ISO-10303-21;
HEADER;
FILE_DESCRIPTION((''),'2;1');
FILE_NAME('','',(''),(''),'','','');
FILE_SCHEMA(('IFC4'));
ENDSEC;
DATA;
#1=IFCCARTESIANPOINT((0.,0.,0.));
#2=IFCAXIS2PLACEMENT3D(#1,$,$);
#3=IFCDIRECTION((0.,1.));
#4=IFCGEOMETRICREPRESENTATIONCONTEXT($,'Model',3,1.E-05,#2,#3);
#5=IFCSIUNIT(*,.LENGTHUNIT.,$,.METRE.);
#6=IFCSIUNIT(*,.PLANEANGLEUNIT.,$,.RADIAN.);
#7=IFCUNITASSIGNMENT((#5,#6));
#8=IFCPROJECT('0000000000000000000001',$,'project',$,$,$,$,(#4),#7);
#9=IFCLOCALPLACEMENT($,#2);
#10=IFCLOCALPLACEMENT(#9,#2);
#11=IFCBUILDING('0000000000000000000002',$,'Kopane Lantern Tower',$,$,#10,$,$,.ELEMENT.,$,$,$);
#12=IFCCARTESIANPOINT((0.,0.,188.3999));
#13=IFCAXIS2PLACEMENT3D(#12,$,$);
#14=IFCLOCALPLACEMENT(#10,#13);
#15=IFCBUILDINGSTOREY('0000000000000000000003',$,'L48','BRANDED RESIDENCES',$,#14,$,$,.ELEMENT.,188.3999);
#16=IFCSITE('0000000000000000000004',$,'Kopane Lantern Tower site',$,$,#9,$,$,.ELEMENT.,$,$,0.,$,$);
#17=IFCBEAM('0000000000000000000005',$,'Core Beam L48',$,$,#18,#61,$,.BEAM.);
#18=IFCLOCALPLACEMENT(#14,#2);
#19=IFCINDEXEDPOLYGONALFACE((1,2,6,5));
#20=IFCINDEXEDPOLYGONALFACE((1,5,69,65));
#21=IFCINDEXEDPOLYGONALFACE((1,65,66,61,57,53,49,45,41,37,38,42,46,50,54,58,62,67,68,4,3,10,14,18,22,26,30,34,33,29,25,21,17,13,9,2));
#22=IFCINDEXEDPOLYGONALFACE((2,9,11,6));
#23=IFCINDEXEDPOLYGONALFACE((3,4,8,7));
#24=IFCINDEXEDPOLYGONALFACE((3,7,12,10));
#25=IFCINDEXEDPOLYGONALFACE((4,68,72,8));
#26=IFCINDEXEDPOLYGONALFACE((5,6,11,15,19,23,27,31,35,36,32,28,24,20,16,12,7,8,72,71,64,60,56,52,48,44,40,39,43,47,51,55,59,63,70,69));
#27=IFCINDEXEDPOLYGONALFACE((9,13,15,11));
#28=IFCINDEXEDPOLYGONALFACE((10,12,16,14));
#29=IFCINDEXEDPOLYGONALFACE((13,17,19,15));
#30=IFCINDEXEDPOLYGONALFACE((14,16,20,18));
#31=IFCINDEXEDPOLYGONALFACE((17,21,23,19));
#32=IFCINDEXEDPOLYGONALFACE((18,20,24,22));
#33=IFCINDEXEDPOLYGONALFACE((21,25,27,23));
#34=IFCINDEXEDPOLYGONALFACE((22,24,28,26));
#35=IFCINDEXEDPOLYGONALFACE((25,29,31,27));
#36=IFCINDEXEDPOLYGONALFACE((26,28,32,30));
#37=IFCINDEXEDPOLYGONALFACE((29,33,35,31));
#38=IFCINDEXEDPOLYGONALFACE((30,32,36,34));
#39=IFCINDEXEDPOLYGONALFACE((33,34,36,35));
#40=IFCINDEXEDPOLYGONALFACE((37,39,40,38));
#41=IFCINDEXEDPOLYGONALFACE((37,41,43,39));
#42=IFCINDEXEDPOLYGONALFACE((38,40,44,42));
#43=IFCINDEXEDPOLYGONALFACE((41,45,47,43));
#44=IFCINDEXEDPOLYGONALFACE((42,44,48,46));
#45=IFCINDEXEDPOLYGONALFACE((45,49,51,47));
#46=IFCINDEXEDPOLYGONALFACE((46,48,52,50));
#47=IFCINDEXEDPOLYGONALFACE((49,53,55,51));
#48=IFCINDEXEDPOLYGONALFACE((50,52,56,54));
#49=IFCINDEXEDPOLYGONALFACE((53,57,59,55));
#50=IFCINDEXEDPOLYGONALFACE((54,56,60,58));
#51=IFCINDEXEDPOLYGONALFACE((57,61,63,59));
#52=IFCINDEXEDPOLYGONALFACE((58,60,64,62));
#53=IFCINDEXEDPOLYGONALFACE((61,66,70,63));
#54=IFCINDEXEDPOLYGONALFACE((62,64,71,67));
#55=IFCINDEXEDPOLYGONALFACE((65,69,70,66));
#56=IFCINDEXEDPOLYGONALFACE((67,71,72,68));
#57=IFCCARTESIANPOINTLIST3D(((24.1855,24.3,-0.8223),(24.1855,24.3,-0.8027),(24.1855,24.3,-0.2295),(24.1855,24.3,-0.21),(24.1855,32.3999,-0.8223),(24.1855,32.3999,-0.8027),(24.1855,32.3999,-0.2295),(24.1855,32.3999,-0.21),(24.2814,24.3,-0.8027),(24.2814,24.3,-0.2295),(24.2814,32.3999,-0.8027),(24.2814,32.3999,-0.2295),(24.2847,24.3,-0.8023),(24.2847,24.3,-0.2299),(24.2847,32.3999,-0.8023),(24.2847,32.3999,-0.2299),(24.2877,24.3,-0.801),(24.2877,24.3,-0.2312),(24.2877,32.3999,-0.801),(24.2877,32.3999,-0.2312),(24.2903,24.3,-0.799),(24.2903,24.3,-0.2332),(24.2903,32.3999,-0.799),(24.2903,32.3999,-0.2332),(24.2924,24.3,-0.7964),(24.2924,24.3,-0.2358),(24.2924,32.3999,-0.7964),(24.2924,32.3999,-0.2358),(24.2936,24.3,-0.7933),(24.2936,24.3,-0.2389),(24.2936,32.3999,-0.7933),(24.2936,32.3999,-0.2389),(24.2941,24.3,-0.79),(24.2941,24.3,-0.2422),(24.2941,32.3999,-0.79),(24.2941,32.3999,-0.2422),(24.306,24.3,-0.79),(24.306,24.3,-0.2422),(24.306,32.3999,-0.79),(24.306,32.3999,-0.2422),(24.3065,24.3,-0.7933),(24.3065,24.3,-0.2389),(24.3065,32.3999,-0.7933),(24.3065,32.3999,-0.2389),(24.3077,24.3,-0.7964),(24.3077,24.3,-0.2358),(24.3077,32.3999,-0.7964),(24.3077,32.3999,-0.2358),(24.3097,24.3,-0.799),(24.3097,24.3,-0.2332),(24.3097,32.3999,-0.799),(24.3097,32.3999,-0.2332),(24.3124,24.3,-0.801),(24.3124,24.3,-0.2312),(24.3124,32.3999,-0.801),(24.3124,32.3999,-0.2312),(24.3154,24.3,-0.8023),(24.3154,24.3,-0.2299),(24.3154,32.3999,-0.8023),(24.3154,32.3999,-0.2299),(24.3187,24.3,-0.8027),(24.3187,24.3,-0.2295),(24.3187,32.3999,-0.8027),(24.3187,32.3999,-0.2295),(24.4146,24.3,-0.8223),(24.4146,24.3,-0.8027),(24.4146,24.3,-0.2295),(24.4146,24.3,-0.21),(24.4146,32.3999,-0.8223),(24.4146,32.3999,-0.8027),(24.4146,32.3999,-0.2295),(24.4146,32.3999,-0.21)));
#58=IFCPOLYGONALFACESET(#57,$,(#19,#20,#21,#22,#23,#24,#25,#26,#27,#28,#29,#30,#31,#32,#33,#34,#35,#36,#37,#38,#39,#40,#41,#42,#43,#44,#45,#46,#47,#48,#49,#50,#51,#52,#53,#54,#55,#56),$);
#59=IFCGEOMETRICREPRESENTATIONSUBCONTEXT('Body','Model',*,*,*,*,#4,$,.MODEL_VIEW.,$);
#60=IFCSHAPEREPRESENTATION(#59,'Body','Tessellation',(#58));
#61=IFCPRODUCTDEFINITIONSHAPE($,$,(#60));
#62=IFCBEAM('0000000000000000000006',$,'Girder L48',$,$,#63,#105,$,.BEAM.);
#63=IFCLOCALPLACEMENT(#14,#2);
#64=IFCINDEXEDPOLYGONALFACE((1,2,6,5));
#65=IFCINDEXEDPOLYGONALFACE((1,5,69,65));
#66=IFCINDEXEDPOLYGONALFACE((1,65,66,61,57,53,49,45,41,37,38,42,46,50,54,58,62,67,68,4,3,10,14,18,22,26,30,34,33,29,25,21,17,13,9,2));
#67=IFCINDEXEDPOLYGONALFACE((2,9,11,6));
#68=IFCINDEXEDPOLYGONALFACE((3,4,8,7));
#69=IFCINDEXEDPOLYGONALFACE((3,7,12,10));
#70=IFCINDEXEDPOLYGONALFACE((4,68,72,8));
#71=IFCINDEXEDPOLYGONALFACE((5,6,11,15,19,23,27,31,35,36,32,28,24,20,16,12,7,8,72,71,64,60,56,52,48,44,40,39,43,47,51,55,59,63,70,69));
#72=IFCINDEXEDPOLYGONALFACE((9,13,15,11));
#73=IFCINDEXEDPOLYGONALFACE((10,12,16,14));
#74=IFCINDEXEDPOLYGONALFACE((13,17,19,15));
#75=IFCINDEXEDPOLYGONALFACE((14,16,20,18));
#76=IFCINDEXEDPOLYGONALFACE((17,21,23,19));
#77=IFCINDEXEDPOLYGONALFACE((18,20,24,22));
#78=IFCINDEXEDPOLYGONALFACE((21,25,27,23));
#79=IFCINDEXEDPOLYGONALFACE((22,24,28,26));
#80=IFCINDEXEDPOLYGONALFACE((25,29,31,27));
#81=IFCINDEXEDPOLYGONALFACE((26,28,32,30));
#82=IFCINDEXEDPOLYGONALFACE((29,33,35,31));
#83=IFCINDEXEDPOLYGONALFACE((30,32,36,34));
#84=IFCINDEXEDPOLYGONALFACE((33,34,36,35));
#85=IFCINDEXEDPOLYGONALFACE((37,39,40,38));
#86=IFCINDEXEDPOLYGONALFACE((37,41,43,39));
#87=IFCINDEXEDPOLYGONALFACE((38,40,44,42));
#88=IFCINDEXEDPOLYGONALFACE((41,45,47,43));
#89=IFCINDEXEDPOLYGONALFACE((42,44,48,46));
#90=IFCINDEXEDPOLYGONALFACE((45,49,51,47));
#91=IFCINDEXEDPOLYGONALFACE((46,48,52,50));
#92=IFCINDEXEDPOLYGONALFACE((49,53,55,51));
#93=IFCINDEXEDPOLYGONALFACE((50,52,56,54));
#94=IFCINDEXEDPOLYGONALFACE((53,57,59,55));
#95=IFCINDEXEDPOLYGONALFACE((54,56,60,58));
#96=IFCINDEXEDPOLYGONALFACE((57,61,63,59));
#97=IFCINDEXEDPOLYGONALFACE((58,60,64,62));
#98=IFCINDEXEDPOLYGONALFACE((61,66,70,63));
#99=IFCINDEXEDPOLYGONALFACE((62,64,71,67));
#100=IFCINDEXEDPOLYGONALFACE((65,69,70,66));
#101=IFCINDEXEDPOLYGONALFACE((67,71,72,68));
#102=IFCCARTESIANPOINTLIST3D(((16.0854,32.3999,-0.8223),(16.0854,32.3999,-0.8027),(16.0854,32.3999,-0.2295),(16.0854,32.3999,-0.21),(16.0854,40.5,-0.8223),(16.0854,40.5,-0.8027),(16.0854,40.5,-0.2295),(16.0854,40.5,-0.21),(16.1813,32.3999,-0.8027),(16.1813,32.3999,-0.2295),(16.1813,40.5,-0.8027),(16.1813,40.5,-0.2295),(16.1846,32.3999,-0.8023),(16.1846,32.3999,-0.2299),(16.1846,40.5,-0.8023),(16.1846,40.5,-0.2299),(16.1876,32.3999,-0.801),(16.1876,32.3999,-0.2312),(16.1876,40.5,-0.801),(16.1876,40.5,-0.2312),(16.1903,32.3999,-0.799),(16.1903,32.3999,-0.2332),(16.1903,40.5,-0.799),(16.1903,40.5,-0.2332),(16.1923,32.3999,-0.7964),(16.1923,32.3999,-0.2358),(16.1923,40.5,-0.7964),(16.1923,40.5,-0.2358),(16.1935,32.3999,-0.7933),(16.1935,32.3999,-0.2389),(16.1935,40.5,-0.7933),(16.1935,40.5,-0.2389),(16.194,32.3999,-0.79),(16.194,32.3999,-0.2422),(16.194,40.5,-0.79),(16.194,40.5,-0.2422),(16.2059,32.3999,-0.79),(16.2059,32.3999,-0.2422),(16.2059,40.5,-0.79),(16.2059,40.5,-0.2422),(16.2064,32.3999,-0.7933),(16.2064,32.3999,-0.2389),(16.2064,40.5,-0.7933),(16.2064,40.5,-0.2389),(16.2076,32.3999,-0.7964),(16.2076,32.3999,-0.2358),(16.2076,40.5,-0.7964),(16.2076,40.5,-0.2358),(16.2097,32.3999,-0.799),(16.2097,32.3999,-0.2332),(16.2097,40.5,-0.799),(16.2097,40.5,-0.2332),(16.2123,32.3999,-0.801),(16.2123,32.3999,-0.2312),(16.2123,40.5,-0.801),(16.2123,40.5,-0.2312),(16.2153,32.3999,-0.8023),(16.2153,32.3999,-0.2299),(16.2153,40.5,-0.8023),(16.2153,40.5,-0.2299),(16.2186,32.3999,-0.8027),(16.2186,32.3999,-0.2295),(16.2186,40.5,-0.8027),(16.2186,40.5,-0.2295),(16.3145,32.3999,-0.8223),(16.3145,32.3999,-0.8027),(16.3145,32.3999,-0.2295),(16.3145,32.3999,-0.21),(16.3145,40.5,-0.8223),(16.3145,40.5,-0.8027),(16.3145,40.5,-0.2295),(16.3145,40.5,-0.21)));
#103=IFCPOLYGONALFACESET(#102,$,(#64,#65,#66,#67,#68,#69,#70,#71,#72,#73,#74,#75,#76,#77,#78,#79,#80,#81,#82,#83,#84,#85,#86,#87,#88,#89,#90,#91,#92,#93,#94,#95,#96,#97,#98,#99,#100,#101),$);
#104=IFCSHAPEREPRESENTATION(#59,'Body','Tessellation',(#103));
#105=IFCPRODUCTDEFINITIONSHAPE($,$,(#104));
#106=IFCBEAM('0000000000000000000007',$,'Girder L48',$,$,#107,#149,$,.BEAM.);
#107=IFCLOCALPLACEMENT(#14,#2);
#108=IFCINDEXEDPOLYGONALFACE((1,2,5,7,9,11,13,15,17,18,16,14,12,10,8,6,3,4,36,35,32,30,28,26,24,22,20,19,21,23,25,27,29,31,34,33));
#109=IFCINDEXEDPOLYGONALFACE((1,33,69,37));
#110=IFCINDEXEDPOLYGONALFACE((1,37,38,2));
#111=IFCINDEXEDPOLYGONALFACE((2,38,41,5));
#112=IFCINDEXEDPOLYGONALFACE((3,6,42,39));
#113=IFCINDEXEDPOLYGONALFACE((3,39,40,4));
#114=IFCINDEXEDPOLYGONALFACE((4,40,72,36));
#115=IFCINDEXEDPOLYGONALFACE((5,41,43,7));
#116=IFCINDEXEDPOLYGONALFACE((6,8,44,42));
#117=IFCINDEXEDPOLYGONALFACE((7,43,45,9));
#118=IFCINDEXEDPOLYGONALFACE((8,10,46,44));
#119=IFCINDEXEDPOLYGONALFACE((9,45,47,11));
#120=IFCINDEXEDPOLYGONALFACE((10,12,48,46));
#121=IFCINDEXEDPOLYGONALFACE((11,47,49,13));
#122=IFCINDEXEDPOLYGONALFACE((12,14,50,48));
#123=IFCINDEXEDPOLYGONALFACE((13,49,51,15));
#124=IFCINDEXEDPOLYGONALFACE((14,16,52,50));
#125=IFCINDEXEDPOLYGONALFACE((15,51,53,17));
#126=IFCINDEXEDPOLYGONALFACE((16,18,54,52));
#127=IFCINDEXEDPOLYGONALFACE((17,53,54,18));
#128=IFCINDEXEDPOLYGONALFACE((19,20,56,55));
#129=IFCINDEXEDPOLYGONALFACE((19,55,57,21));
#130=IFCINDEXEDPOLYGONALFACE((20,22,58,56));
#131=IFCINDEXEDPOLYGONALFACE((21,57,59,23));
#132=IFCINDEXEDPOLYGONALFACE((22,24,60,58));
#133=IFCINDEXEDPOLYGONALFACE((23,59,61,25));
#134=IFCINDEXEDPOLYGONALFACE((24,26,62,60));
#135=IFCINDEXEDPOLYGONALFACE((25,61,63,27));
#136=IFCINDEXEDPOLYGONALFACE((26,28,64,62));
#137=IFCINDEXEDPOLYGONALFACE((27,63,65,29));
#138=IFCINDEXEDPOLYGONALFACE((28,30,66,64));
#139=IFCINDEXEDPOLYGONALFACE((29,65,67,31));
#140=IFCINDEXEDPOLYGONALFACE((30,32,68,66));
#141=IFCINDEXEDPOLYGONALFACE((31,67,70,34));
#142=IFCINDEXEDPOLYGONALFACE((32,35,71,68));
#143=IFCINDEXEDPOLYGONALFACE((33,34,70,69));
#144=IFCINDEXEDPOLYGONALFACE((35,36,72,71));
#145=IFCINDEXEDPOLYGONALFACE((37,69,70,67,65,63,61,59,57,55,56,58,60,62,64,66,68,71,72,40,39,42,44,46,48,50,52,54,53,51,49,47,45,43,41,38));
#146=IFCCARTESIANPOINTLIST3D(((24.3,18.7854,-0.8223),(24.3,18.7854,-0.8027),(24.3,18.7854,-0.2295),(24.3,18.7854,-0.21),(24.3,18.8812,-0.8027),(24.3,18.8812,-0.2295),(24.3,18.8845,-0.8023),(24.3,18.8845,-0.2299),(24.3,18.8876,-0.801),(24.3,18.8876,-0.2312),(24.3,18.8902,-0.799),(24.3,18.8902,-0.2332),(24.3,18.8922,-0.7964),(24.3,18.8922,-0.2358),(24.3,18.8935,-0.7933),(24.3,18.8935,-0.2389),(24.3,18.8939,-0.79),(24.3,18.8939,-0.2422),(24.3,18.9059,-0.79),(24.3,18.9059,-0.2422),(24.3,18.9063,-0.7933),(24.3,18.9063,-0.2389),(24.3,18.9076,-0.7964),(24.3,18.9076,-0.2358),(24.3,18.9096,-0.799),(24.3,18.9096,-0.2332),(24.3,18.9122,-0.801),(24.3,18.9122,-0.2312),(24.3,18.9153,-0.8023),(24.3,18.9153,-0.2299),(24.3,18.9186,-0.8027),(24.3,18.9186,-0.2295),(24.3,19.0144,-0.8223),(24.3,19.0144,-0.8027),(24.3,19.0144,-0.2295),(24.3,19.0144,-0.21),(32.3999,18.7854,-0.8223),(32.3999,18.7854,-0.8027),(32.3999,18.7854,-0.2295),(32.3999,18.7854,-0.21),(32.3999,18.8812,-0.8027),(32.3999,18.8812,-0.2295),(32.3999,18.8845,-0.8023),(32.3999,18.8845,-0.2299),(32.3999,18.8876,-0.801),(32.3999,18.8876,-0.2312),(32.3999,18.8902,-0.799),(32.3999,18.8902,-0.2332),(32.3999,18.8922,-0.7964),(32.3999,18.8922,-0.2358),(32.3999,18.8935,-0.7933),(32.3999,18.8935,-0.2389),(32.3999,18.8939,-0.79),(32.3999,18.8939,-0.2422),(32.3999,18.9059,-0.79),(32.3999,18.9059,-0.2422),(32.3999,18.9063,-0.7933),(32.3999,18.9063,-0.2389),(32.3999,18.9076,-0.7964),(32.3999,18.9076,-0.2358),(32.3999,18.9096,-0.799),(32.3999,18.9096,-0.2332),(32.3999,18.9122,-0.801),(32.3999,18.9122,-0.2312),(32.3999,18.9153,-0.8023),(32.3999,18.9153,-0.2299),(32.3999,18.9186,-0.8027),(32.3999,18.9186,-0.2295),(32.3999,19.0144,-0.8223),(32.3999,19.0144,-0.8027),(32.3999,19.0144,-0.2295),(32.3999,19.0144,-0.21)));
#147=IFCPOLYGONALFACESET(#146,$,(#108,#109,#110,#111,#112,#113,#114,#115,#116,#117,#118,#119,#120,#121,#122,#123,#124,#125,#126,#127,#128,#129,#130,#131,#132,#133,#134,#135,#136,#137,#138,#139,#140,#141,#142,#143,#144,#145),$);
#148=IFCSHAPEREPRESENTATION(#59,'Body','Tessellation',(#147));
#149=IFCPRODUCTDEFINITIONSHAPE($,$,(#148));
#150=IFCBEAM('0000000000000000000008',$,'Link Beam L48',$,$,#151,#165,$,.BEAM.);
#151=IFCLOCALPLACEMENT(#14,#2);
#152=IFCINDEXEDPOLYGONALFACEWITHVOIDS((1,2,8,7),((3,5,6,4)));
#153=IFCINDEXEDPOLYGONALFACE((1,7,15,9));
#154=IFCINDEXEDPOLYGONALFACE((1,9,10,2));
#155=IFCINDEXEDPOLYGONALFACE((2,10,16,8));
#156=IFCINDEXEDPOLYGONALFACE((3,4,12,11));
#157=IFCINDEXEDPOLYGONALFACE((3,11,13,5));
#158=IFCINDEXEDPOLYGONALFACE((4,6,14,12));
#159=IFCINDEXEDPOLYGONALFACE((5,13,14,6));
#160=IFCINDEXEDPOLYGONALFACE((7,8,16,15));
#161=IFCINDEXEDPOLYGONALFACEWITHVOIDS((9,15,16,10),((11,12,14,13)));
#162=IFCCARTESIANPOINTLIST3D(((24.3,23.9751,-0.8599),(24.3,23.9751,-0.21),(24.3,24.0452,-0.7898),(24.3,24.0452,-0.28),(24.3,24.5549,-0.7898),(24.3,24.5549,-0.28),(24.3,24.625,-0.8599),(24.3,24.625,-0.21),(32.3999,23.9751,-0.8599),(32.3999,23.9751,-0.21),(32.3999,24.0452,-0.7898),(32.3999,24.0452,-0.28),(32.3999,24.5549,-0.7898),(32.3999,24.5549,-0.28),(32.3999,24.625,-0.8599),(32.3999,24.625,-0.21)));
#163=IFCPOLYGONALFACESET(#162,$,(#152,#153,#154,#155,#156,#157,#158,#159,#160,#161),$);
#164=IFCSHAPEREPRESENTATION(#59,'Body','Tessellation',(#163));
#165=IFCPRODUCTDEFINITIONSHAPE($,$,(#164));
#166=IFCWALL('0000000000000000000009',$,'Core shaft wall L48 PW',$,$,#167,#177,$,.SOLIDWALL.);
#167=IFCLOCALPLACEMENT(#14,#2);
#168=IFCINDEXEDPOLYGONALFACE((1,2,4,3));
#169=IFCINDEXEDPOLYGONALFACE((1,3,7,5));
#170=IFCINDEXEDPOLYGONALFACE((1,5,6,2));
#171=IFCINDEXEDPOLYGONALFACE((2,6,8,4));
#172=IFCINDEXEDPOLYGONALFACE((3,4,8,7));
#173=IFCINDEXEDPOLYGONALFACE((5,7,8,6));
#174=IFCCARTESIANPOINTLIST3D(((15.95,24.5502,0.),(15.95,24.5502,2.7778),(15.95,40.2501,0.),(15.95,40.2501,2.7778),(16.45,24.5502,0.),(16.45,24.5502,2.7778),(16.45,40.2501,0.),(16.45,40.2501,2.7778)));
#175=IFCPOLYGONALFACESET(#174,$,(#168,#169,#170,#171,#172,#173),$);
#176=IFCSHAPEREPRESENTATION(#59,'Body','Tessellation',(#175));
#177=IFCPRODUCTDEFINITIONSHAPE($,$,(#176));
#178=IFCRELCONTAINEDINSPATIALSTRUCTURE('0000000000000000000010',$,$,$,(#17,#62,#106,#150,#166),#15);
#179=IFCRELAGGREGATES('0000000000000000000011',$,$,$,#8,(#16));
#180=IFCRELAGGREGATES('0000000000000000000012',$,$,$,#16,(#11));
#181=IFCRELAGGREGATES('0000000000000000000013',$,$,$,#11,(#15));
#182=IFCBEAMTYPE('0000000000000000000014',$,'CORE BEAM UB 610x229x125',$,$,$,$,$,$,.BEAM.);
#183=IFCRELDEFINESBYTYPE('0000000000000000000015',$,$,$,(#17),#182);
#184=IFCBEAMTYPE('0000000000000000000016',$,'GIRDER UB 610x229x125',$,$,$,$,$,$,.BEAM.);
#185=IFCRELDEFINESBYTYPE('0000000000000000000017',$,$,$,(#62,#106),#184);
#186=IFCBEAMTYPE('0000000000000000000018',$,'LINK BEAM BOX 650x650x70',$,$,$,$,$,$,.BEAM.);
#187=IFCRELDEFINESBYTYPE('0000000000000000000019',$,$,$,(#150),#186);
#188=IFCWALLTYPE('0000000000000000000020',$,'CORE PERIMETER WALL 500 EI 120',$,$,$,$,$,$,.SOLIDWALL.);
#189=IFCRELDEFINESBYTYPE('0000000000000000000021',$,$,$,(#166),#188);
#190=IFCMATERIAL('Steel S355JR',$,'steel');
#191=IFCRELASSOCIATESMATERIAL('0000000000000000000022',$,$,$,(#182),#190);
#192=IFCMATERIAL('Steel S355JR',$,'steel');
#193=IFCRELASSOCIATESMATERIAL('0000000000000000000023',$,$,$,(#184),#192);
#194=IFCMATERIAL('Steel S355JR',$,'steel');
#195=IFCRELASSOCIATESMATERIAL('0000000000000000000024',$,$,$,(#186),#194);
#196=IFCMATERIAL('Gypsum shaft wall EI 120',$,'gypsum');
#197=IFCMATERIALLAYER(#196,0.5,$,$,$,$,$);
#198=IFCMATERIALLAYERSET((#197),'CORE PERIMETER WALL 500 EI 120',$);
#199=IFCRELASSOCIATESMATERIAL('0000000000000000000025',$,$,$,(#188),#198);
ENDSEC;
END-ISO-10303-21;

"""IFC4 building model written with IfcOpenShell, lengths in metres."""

from ifc_helpers import new_model, si_unit, direction, frame, frame_2d, origin, origin_2d, place, context, subcontext, project, spatial, rectangle, hollow_rectangle, i_section, extrude, material, layer, layer_set, material_profile, profile_set, type_object, element, save


model = new_model("IFC4")

# Units and contexts
model_context = context("Model", 3, precision=1e-05, world=origin(), true_north=direction((0.0, 1.0)))
body_context = subcontext(model_context, "Body", "Model", "MODEL_VIEW")
ifc_project = project(units=[si_unit("LENGTHUNIT", "METRE"), si_unit("PLANEANGLEUNIT", "RADIAN")], contexts=[model_context])

# Site, building, storey
site_placement = place(None, origin())
site = spatial("IfcSite", under=ifc_project, at=site_placement, Name="Kopane Lantern Tower site", CompositionType="ELEMENT", RefElevation=0.0)
building_placement = place(site_placement, origin())
building = spatial("IfcBuilding", under=site, at=building_placement, Name="Kopane Lantern Tower", CompositionType="ELEMENT")
storey_placement = place(building_placement, frame((0.0, 0.0, 188.3999)))
storey = spatial("IfcBuildingStorey", under=building, at=storey_placement, Name="L48", Description="BRANDED RESIDENCES", CompositionType="ELEMENT", Elevation=188.3999)

# Beams
ifc_material_1 = material(Name="Steel S355JR", Category="steel")
ifc_material_profile_1 = material_profile(ifc_material_1, i_section(OverallWidth=0.229, OverallDepth=0.6123, WebThickness=0.012, FlangeThickness=0.0195, FilletRadius=0.0127, at=origin_2d()), Name="UB 610x229x125")
ifc_profile_set_1 = profile_set([ifc_material_profile_1], Name="Steel S355JR")
beam_type_1 = type_object("IfcBeamType", Name="CORE BEAM UB 610x229x125", PredefinedType="BEAM", material=ifc_profile_set_1)
beam_1_placement = place(storey_placement, frame((24.3, 24.3, -0.5161), z_axis=(0.0, 1.0, 0.0), x_axis=(-1.0, 0.0, 0.0)))
element("IfcBeam", 1, at=beam_1_placement, inside=storey, type_object=beam_type_1, Name="Core Beam L48", PredefinedType="BEAM", context=body_context, shape_type="SweptSolid", body=[
    extrude(i_section(OverallWidth=0.229, OverallDepth=0.6123, WebThickness=0.012, FlangeThickness=0.0195, FilletRadius=0.0127, at=origin_2d()), origin(), (0.0, 0.0, 1.0), 8.0999),
])
ifc_material_2 = material(Name="Steel S355JR", Category="steel")
ifc_material_profile_2 = material_profile(ifc_material_2, i_section(OverallWidth=0.229, OverallDepth=0.6123, WebThickness=0.012, FlangeThickness=0.0195, FilletRadius=0.0127, at=origin_2d()), Name="UB 610x229x125")
ifc_profile_set_2 = profile_set([ifc_material_profile_2], Name="Steel S355JR")
beam_type_2 = type_object("IfcBeamType", Name="GIRDER UB 610x229x125", PredefinedType="BEAM", material=ifc_profile_set_2)
beam_2_placement = place(storey_placement, frame((16.2, 32.3999, -0.5161), z_axis=(0.0, 1.0, 0.0), x_axis=(-1.0, 0.0, 0.0)))
element("IfcBeam", 2, at=beam_2_placement, inside=storey, type_object=beam_type_2, Name="Girder L48", PredefinedType="BEAM", context=body_context, shape_type="SweptSolid", body=[
    extrude(i_section(OverallWidth=0.229, OverallDepth=0.6123, WebThickness=0.012, FlangeThickness=0.0195, FilletRadius=0.0127, at=origin_2d()), origin(), (0.0, 0.0, 1.0), 8.1001),
])
beam_3_placement = place(storey_placement, frame((24.3, 18.8999, -0.5161), z_axis=(1.0, 0.0, 0.0), x_axis=(0.0, 1.0, 0.0)))
element("IfcBeam", 3, at=beam_3_placement, inside=storey, type_object=beam_type_2, Name="Girder L48", PredefinedType="BEAM", context=body_context, shape_type="SweptSolid", body=[
    extrude(i_section(OverallWidth=0.229, OverallDepth=0.6123, WebThickness=0.012, FlangeThickness=0.0195, FilletRadius=0.0127, at=origin_2d()), origin(), (0.0, 0.0, 1.0), 8.0999),
])
ifc_material_3 = material(Name="Steel S355JR", Category="steel")
ifc_material_profile_3 = material_profile(ifc_material_3, hollow_rectangle(XDim=0.6499, YDim=0.6499, WallThickness=0.0701, at=origin_2d()), Name="BOX 650x650x70")
ifc_profile_set_3 = profile_set([ifc_material_profile_3], Name="Steel S355JR")
beam_type_3 = type_object("IfcBeamType", Name="LINK BEAM BOX 650x650x70", PredefinedType="BEAM", material=ifc_profile_set_3)
beam_4_placement = place(storey_placement, frame((24.3, 24.3, -0.5349), z_axis=(1.0, 0.0, 0.0), x_axis=(0.0, 1.0, 0.0)))
element("IfcBeam", 4, at=beam_4_placement, inside=storey, type_object=beam_type_3, Name="Link Beam L48", PredefinedType="BEAM", context=body_context, shape_type="SweptSolid", body=[
    extrude(hollow_rectangle(XDim=0.6499, YDim=0.6499, WallThickness=0.0701, at=origin_2d()), origin(), (0.0, 0.0, 1.0), 8.0999),
])

# Wall
ifc_material_4 = material(Name="Gypsum shaft wall EI 120", Category="gypsum")
ifc_layer_1 = layer(ifc_material_4, 0.5)
ifc_layer_set_1 = layer_set([ifc_layer_1], Name="CORE PERIMETER WALL 500 EI 120")
wall_type_1 = type_object("IfcWallType", Name="CORE PERIMETER WALL 500 EI 120", PredefinedType="SOLIDWALL", material=ifc_layer_set_1)
wall_1_placement = place(storey_placement, frame((16.2, 24.55, 0.0), z_axis=(0.0, 0.0, 1.0), x_axis=(0.0, 1.0, 0.0)))
element("IfcWall", 5, at=wall_1_placement, inside=storey, type_object=wall_type_1, Name="Core shaft wall L48 PW", PredefinedType="SOLIDWALL", context=body_context, shape_type="SweptSolid", body=[
    extrude(rectangle(XDim=15.7, YDim=0.5, at=frame_2d((7.8501, 0.0))), origin(), (0.0, 0.0, 1.0), 2.7778),
])

save(model, "model.ifc")
